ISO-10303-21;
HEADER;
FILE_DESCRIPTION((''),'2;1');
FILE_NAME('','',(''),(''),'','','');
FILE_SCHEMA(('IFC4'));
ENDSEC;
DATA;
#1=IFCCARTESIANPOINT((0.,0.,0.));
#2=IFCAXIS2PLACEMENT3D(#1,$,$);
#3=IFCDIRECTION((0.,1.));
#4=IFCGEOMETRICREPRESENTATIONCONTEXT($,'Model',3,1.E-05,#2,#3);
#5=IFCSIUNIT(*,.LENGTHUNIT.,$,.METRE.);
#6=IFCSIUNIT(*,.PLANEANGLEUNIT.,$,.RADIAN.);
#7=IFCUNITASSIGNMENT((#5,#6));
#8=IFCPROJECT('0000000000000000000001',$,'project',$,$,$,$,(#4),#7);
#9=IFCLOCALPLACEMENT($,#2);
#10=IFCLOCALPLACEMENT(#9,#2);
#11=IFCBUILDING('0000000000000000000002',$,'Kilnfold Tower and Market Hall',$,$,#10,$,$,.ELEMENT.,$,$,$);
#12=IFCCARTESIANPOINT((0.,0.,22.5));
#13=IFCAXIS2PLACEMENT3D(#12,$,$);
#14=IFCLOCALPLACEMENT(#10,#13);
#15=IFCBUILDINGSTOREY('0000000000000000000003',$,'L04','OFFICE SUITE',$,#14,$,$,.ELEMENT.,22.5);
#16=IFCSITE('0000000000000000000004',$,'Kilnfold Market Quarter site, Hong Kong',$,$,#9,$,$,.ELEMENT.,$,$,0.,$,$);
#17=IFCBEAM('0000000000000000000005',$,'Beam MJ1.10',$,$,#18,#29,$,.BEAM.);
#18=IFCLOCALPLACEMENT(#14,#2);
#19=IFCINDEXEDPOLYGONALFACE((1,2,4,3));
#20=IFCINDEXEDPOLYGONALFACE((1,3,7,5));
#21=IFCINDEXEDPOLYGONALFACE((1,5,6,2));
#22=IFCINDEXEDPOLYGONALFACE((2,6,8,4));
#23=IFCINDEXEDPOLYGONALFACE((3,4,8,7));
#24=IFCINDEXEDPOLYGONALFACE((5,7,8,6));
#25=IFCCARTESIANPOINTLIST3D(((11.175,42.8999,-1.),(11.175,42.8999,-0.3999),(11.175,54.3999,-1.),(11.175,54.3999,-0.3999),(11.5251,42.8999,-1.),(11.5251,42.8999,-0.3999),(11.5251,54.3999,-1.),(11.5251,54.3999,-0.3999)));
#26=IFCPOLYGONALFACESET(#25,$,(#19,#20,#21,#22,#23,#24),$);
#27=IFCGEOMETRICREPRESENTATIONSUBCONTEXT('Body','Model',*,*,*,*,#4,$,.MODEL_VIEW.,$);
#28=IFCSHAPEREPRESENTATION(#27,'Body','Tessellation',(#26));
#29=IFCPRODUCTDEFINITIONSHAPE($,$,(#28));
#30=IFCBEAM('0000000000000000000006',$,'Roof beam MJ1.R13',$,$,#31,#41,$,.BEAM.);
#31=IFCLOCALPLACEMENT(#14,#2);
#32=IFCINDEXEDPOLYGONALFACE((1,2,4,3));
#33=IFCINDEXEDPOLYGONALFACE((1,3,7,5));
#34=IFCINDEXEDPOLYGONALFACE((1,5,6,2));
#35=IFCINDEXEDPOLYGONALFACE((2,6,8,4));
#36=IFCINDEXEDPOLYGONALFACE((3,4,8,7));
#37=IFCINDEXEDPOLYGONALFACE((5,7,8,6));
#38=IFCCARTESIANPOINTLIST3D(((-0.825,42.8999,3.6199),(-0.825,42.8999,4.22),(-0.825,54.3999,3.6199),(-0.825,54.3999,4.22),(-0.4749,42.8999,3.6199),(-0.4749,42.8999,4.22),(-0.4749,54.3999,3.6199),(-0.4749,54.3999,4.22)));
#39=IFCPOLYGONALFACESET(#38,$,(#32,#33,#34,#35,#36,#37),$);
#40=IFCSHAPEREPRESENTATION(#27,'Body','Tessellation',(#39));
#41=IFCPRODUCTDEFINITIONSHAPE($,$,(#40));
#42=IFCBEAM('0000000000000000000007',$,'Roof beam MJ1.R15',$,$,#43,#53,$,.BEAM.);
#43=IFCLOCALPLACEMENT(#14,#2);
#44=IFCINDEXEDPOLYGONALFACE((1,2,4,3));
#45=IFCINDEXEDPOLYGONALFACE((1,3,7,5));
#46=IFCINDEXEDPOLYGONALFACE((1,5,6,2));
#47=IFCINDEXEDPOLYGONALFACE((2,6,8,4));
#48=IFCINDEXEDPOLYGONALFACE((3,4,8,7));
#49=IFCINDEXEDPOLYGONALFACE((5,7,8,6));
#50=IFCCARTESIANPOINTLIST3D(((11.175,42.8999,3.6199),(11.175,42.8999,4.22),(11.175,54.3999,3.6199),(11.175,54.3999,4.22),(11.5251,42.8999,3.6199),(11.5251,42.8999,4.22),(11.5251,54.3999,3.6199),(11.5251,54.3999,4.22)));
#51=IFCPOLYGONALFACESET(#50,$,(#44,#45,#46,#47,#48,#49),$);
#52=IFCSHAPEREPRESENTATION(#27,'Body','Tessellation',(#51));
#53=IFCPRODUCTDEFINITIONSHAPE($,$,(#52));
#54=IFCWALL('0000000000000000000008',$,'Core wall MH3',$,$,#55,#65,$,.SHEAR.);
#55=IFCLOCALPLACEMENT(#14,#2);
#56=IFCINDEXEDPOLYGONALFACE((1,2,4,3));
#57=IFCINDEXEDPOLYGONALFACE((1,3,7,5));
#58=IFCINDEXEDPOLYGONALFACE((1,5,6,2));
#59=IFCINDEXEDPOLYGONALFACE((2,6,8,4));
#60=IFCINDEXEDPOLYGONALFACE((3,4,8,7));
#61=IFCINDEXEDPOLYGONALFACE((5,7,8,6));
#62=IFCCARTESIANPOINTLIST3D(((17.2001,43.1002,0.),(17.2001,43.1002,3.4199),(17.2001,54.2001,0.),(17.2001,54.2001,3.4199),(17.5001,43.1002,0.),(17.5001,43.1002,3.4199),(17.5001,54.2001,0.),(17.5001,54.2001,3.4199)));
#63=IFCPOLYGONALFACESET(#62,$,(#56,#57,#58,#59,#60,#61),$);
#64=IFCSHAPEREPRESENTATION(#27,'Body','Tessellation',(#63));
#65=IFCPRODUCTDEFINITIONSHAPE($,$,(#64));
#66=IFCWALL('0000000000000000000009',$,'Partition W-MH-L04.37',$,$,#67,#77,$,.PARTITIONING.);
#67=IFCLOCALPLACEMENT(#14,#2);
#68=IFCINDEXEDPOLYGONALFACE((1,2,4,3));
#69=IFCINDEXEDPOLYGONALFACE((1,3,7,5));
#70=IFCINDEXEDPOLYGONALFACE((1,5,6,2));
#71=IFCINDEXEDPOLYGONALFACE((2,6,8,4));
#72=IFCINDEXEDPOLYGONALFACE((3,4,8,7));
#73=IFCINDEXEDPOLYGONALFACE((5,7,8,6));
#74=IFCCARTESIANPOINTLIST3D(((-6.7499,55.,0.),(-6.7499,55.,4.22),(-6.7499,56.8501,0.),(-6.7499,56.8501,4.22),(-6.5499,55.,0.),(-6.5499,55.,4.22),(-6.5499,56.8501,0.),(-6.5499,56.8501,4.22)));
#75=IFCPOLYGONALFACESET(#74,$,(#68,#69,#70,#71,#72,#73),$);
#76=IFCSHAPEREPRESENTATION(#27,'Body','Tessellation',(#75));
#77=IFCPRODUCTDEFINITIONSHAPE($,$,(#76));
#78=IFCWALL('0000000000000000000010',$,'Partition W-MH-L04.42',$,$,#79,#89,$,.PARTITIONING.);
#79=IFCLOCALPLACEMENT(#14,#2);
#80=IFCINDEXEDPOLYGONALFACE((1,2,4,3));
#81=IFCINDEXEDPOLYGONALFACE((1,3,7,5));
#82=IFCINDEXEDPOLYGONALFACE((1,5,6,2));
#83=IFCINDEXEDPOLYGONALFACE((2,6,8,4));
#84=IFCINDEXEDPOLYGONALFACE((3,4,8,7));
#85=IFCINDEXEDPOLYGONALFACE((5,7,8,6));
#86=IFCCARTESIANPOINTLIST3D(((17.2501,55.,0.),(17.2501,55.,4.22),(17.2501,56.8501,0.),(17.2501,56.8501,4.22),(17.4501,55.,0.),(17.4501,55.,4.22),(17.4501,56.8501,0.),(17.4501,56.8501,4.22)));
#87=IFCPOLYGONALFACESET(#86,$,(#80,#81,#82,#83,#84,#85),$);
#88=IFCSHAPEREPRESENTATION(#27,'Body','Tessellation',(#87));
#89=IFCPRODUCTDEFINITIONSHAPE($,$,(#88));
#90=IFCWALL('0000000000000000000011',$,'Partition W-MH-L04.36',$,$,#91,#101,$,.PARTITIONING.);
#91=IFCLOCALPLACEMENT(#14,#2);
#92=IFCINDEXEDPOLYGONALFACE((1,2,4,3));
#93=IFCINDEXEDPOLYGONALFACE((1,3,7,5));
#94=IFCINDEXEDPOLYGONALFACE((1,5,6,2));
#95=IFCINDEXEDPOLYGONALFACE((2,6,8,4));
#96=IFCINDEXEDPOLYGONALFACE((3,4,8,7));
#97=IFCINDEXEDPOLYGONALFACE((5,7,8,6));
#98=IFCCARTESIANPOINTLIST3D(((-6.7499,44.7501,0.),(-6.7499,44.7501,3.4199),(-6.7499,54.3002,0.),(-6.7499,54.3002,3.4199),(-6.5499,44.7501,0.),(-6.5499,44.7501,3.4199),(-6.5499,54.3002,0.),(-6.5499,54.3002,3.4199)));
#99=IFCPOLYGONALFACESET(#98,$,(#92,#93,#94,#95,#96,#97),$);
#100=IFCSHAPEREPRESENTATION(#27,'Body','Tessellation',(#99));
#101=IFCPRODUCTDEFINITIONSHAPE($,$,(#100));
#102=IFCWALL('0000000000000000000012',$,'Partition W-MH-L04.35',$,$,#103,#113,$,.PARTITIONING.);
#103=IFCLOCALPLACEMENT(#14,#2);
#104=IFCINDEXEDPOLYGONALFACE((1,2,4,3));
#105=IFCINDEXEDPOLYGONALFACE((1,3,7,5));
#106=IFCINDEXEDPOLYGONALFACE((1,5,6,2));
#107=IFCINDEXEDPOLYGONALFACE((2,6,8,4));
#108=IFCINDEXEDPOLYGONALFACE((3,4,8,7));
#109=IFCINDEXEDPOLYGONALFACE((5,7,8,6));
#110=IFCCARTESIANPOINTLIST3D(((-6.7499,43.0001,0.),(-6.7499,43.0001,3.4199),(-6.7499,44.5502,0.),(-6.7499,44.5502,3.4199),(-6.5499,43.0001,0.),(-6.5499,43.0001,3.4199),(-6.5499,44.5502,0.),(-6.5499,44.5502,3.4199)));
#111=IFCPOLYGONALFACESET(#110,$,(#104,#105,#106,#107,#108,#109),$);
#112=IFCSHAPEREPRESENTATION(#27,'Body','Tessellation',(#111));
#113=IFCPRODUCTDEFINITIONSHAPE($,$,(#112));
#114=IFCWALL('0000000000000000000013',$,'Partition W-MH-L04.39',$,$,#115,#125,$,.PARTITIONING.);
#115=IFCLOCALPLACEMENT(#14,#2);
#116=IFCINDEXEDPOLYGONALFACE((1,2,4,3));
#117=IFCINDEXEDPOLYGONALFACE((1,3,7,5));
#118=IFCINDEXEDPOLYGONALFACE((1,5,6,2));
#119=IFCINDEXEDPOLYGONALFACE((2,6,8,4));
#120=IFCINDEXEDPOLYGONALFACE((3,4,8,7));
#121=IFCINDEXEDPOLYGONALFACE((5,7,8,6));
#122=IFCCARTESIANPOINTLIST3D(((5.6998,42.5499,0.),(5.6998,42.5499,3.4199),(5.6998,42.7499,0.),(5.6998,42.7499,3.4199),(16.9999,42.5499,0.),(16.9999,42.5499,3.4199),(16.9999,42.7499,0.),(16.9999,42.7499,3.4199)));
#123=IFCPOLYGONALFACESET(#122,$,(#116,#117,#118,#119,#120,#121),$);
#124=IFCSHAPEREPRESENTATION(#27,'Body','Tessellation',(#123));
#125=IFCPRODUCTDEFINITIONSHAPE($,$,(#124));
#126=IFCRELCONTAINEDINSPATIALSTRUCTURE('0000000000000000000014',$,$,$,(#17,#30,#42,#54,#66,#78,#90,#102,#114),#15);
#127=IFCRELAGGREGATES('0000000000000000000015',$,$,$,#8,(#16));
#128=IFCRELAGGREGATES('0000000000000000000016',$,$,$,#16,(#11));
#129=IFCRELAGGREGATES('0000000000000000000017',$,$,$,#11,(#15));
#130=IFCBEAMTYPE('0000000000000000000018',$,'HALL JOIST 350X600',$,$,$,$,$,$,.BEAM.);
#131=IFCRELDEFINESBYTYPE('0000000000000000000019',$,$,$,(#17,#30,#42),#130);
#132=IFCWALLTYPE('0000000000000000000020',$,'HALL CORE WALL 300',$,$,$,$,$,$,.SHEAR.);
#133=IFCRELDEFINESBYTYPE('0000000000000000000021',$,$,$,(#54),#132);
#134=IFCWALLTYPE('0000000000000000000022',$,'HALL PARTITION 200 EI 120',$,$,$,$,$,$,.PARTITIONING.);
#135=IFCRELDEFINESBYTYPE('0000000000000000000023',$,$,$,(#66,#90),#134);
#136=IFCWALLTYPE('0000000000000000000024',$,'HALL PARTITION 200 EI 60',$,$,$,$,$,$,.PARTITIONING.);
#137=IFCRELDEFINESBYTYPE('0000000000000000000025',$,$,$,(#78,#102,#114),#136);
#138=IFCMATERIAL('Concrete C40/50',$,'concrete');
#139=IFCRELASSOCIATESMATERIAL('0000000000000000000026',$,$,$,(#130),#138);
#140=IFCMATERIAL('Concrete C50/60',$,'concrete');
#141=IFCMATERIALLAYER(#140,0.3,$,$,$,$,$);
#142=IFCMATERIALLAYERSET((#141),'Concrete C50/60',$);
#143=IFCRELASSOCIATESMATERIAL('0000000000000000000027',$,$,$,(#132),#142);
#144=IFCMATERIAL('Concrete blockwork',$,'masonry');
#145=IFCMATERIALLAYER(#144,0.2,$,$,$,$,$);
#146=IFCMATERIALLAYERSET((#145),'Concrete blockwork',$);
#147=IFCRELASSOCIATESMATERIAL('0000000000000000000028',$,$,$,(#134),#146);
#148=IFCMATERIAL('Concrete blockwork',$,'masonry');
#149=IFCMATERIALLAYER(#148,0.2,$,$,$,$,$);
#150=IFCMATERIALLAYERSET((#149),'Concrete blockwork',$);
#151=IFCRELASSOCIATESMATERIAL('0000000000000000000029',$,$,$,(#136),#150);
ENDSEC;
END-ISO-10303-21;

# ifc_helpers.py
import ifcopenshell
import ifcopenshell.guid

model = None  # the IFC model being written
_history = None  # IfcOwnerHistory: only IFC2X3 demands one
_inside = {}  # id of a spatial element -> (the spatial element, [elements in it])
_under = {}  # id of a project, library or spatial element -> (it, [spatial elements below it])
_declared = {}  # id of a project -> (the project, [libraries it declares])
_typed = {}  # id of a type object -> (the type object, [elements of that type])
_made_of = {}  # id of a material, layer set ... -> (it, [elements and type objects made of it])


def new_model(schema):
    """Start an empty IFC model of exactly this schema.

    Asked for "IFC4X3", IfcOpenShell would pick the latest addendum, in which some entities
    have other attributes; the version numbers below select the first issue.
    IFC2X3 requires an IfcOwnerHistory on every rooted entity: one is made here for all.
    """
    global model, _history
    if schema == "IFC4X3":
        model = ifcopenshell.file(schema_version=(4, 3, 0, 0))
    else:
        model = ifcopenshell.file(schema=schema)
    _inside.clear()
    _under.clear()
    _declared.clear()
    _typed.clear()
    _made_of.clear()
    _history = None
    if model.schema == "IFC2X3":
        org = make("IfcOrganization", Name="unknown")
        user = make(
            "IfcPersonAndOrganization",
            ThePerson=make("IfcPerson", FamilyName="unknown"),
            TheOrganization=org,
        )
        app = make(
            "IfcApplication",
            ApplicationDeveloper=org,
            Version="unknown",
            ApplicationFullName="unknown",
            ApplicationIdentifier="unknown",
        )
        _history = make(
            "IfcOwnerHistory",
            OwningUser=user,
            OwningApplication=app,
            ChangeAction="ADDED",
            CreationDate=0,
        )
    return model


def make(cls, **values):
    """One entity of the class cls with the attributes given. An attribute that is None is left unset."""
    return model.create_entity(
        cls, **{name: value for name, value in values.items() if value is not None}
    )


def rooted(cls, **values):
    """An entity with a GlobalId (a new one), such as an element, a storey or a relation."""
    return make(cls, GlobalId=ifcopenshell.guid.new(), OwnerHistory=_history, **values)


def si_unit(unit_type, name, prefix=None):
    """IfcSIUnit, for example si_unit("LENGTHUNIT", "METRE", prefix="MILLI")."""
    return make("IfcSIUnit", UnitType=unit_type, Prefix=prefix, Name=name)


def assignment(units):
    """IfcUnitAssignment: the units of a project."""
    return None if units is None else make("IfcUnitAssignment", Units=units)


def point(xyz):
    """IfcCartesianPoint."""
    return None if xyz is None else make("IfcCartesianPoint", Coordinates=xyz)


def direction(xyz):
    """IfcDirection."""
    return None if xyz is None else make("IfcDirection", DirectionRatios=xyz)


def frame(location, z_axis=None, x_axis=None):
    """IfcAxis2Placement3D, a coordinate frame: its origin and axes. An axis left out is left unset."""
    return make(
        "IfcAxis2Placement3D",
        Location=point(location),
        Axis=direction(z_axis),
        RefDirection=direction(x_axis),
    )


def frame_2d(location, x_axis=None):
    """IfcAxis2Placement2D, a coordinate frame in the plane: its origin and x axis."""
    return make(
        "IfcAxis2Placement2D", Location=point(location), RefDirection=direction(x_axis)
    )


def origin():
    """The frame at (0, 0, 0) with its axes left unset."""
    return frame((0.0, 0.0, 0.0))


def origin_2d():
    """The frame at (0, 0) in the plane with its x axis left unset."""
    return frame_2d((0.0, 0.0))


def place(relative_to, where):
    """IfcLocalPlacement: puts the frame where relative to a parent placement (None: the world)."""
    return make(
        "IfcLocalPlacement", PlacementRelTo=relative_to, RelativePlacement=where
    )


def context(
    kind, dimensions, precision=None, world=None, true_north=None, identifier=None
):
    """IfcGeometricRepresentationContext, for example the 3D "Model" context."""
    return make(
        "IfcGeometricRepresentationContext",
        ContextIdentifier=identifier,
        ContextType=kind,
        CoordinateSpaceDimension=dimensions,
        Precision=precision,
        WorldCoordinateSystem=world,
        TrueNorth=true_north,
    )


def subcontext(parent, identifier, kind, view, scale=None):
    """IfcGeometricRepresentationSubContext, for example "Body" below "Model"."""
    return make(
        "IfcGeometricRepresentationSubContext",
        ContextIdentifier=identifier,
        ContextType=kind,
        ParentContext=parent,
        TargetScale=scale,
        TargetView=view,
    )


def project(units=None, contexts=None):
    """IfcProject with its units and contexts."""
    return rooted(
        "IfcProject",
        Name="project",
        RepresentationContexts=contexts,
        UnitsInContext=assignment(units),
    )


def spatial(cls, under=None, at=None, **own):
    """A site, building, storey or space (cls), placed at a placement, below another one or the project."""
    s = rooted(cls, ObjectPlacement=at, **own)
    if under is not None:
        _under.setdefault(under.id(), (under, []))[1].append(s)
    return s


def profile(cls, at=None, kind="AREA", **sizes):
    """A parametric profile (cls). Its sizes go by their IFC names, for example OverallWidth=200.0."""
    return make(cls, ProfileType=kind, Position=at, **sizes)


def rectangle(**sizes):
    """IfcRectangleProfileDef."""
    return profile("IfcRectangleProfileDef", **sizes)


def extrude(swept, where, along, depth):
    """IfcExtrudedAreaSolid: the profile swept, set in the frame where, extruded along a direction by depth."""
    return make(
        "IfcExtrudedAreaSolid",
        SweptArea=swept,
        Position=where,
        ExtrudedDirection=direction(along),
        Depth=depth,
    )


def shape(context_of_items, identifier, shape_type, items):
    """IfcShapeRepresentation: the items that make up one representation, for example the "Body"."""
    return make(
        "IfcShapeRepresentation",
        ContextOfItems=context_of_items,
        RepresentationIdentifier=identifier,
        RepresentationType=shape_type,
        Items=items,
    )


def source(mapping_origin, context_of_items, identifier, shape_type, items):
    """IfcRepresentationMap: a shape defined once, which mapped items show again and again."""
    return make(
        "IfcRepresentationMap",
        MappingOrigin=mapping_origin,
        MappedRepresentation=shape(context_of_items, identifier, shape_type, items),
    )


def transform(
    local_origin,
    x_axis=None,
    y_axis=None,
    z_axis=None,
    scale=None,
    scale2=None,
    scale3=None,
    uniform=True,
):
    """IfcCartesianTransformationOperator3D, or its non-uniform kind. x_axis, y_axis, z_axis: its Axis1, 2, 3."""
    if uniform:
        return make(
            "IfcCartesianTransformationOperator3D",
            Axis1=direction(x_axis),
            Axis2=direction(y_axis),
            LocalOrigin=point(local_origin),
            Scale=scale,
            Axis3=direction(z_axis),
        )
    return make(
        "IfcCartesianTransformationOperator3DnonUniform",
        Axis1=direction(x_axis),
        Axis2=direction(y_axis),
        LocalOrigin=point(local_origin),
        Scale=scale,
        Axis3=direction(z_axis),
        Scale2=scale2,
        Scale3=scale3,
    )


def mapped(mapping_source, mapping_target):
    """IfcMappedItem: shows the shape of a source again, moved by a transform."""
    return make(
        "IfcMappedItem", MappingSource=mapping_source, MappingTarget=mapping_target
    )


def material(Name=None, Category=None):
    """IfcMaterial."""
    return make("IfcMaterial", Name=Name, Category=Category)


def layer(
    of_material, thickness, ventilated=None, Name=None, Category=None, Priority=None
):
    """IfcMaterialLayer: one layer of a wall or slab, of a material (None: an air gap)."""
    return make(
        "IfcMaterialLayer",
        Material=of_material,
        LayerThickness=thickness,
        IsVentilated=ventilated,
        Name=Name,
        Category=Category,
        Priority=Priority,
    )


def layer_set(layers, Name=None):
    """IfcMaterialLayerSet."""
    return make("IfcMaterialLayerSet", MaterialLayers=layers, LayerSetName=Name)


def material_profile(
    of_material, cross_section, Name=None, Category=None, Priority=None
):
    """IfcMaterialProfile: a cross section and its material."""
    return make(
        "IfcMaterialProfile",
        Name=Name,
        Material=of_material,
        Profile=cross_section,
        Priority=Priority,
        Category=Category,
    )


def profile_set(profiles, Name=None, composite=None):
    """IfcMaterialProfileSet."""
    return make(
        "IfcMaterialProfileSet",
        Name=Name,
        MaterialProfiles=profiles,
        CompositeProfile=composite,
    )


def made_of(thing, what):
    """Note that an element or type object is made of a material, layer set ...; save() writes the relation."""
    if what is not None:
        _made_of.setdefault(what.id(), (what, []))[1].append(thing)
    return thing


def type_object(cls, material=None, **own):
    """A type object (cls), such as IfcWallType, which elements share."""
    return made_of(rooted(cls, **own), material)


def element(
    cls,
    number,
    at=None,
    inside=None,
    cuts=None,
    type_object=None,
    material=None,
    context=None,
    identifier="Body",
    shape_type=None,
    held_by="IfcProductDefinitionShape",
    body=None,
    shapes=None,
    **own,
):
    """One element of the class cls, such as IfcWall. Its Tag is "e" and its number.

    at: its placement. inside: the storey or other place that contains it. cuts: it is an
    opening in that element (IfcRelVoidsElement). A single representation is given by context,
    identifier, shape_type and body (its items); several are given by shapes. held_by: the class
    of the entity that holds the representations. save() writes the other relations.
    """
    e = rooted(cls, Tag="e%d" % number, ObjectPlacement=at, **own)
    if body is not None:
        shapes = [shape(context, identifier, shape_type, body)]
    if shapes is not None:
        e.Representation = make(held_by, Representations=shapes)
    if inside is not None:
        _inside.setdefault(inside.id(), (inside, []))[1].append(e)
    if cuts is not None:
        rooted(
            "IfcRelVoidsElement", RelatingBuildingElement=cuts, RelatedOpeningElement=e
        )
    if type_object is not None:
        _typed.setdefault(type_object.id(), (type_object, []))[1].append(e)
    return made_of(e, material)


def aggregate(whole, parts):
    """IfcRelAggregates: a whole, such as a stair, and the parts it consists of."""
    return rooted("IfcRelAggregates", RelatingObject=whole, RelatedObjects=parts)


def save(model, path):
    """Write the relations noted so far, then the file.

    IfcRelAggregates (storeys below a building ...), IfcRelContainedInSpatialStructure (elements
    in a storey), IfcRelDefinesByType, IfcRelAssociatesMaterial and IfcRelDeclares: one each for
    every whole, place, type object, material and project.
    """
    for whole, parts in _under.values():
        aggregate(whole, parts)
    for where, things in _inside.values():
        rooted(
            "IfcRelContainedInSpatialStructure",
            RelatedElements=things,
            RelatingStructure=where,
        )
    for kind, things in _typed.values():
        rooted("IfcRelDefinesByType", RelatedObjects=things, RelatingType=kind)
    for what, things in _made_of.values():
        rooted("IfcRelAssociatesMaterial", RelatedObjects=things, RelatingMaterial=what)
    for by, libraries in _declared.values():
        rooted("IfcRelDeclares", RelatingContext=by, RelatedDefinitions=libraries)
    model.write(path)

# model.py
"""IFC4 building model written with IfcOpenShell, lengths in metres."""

from ifc_helpers import new_model, si_unit, direction, frame, frame_2d, origin, origin_2d, place, context, subcontext, project, spatial, rectangle, extrude, source, transform, mapped, material, layer, layer_set, material_profile, profile_set, type_object, element, save


model = new_model("IFC4")

# Units and contexts
model_context = context("Model", 3, precision=1e-05, world=origin(), true_north=direction((0.0, 1.0)))
body_context = subcontext(model_context, "Body", "Model", "MODEL_VIEW")
ifc_project = project(units=[si_unit("LENGTHUNIT", "METRE"), si_unit("PLANEANGLEUNIT", "RADIAN")], contexts=[model_context])

# Site, building, storey
site_placement = place(None, origin())
site = spatial("IfcSite", under=ifc_project, at=site_placement, Name="Kilnfold Market Quarter site, Hong Kong", CompositionType="ELEMENT", RefElevation=0.0)
building_placement = place(site_placement, origin())
building = spatial("IfcBuilding", under=site, at=building_placement, Name="Kilnfold Tower and Market Hall", CompositionType="ELEMENT")
storey_placement = place(building_placement, frame((0.0, 0.0, 22.5)))
storey = spatial("IfcBuildingStorey", under=building, at=storey_placement, Name="L04", Description="OFFICE SUITE", CompositionType="ELEMENT", Elevation=22.5)

# Beams
ifc_material_1 = material(Name="Concrete C40/50", Category="concrete")
ifc_material_profile_1 = material_profile(ifc_material_1, rectangle(XDim=0.3501, YDim=0.6001, at=origin_2d()), Name="RC 350x600")
ifc_profile_set_1 = profile_set([ifc_material_profile_1], Name="Concrete C40/50")
beam_type_1 = type_object("IfcBeamType", Name="HALL JOIST 350X600", PredefinedType="BEAM", material=ifc_profile_set_1)
for number, where, z_axis, x_axis, name in (
    (1, (11.3501, 42.8999, -0.7), (0.0, 1.0, 0.0), (-1.0, 0.0, 0.0), "Beam MJ1.10"),
    (2, (-0.6499, 42.8999, 3.9199), (0.0, 1.0, 0.0), (-1.0, 0.0, 0.0), "Roof beam MJ1.R13"),
    (3, (11.3501, 42.8999, 3.9199), (0.0, 1.0, 0.0), (-1.0, 0.0, 0.0), "Roof beam MJ1.R15"),
):
    element("IfcBeam", number, at=place(storey_placement, frame(where, z_axis=z_axis, x_axis=x_axis)), inside=storey, type_object=beam_type_1, Name=name, PredefinedType="BEAM", context=body_context, shape_type="SweptSolid", body=[
        extrude(rectangle(XDim=0.3501, YDim=0.6001, at=origin_2d()), origin(), (0.0, 0.0, 1.0), 11.5),
    ])

# Walls
ifc_material_2 = material(Name="Concrete C50/60", Category="concrete")
ifc_layer_1 = layer(ifc_material_2, 0.3)
ifc_layer_set_1 = layer_set([ifc_layer_1], Name="Concrete C50/60")
wall_type_1 = type_object("IfcWallType", Name="HALL CORE WALL 300", PredefinedType="SHEAR", material=ifc_layer_set_1)
shared_shape_1 = source(origin(), body_context, "Body", "SweptSolid", [
    extrude(rectangle(XDim=11.0999, YDim=0.3, at=frame_2d((5.5498, 0.0))), origin(), (0.0, 0.0, 1.0), 3.4199),
])
wall_1_placement = place(storey_placement, frame((17.3501, 54.2, 0.0), z_axis=(0.0, 0.0, 1.0), x_axis=(0.0, -1.0, 0.0)))
element("IfcWall", 4, at=wall_1_placement, inside=storey, type_object=wall_type_1, Name="Core wall MH3", PredefinedType="SHEAR", context=body_context, shape_type="MappedRepresentation", body=[
    mapped(shared_shape_1, transform((0.0, 0.0, 0.0))),
])
ifc_material_3 = material(Name="Concrete blockwork", Category="masonry")
ifc_layer_2 = layer(ifc_material_3, 0.2)
ifc_layer_set_2 = layer_set([ifc_layer_2], Name="Concrete blockwork")
wall_type_2 = type_object("IfcWallType", Name="HALL PARTITION 200 EI 120", PredefinedType="PARTITIONING", material=ifc_layer_set_2)
shared_shape_2 = source(origin(), body_context, "Body", "SweptSolid", [
    extrude(rectangle(XDim=1.8501, YDim=0.2, at=frame_2d((0.925, 0.0))), origin(), (0.0, 0.0, 1.0), 4.22),
])
wall_2_placement = place(storey_placement, frame((-6.6499, 56.8501, 0.0), z_axis=(0.0, 0.0, 1.0), x_axis=(0.0, -1.0, 0.0)))
element("IfcWall", 5, at=wall_2_placement, inside=storey, type_object=wall_type_2, Name="Partition W-MH-L04.37", PredefinedType="PARTITIONING", context=body_context, shape_type="MappedRepresentation", body=[
    mapped(shared_shape_2, transform((0.0, 0.0, 0.0))),
])
ifc_material_4 = material(Name="Concrete blockwork", Category="masonry")
ifc_layer_3 = layer(ifc_material_4, 0.2)
ifc_layer_set_3 = layer_set([ifc_layer_3], Name="Concrete blockwork")
wall_type_3 = type_object("IfcWallType", Name="HALL PARTITION 200 EI 60", PredefinedType="PARTITIONING", material=ifc_layer_set_3)
wall_3_placement = place(storey_placement, frame((17.3501, 56.8501, 0.0), z_axis=(0.0, 0.0, 1.0), x_axis=(0.0, -1.0, 0.0)))
element("IfcWall", 6, at=wall_3_placement, inside=storey, type_object=wall_type_3, Name="Partition W-MH-L04.42", PredefinedType="PARTITIONING", context=body_context, shape_type="MappedRepresentation", body=[
    mapped(shared_shape_2, transform((0.0, 0.0, 0.0))),
])
shared_shape_3 = source(origin(), body_context, "Body", "SweptSolid", [
    extrude(rectangle(XDim=9.55, YDim=0.2, at=frame_2d((4.7749, 0.0))), origin(), (0.0, 0.0, 1.0), 3.4199),
])
wall_4_placement = place(storey_placement, frame((-6.6499, 54.3, 0.0), z_axis=(0.0, 0.0, 1.0), x_axis=(0.0, -1.0, 0.0)))
element("IfcWall", 7, at=wall_4_placement, inside=storey, type_object=wall_type_2, Name="Partition W-MH-L04.36", PredefinedType="PARTITIONING", context=body_context, shape_type="MappedRepresentation", body=[
    mapped(shared_shape_3, transform((0.0, 0.0, 0.0))),
])
shared_shape_4 = source(origin(), body_context, "Body", "SweptSolid", [
    extrude(rectangle(XDim=1.55, YDim=0.2, at=frame_2d((0.7749, 0.0))), origin(), (0.0, 0.0, 1.0), 3.4199),
])
wall_5_placement = place(storey_placement, frame((-6.6499, 44.55, 0.0), z_axis=(0.0, 0.0, 1.0), x_axis=(0.0, -1.0, 0.0)))
element("IfcWall", 8, at=wall_5_placement, inside=storey, type_object=wall_type_3, Name="Partition W-MH-L04.35", PredefinedType="PARTITIONING", context=body_context, shape_type="MappedRepresentation", body=[
    mapped(shared_shape_4, transform((0.0, 0.0, 0.0))),
])
shared_shape_5 = source(origin(), body_context, "Body", "SweptSolid", [
    extrude(rectangle(XDim=11.3, YDim=0.2, at=frame_2d((5.6499, 0.0))), origin(), (0.0, 0.0, 1.0), 3.4199),
])
wall_6_placement = place(storey_placement, frame((5.7, 42.6499, 0.0), z_axis=(0.0, 0.0, 1.0), x_axis=(1.0, 0.0, 0.0)))
element("IfcWall", 9, at=wall_6_placement, inside=storey, type_object=wall_type_3, Name="Partition W-MH-L04.39", PredefinedType="PARTITIONING", context=body_context, shape_type="MappedRepresentation", body=[
    mapped(shared_shape_5, transform((0.0, 0.0, 0.0))),
])

save(model, "model.ifc")
